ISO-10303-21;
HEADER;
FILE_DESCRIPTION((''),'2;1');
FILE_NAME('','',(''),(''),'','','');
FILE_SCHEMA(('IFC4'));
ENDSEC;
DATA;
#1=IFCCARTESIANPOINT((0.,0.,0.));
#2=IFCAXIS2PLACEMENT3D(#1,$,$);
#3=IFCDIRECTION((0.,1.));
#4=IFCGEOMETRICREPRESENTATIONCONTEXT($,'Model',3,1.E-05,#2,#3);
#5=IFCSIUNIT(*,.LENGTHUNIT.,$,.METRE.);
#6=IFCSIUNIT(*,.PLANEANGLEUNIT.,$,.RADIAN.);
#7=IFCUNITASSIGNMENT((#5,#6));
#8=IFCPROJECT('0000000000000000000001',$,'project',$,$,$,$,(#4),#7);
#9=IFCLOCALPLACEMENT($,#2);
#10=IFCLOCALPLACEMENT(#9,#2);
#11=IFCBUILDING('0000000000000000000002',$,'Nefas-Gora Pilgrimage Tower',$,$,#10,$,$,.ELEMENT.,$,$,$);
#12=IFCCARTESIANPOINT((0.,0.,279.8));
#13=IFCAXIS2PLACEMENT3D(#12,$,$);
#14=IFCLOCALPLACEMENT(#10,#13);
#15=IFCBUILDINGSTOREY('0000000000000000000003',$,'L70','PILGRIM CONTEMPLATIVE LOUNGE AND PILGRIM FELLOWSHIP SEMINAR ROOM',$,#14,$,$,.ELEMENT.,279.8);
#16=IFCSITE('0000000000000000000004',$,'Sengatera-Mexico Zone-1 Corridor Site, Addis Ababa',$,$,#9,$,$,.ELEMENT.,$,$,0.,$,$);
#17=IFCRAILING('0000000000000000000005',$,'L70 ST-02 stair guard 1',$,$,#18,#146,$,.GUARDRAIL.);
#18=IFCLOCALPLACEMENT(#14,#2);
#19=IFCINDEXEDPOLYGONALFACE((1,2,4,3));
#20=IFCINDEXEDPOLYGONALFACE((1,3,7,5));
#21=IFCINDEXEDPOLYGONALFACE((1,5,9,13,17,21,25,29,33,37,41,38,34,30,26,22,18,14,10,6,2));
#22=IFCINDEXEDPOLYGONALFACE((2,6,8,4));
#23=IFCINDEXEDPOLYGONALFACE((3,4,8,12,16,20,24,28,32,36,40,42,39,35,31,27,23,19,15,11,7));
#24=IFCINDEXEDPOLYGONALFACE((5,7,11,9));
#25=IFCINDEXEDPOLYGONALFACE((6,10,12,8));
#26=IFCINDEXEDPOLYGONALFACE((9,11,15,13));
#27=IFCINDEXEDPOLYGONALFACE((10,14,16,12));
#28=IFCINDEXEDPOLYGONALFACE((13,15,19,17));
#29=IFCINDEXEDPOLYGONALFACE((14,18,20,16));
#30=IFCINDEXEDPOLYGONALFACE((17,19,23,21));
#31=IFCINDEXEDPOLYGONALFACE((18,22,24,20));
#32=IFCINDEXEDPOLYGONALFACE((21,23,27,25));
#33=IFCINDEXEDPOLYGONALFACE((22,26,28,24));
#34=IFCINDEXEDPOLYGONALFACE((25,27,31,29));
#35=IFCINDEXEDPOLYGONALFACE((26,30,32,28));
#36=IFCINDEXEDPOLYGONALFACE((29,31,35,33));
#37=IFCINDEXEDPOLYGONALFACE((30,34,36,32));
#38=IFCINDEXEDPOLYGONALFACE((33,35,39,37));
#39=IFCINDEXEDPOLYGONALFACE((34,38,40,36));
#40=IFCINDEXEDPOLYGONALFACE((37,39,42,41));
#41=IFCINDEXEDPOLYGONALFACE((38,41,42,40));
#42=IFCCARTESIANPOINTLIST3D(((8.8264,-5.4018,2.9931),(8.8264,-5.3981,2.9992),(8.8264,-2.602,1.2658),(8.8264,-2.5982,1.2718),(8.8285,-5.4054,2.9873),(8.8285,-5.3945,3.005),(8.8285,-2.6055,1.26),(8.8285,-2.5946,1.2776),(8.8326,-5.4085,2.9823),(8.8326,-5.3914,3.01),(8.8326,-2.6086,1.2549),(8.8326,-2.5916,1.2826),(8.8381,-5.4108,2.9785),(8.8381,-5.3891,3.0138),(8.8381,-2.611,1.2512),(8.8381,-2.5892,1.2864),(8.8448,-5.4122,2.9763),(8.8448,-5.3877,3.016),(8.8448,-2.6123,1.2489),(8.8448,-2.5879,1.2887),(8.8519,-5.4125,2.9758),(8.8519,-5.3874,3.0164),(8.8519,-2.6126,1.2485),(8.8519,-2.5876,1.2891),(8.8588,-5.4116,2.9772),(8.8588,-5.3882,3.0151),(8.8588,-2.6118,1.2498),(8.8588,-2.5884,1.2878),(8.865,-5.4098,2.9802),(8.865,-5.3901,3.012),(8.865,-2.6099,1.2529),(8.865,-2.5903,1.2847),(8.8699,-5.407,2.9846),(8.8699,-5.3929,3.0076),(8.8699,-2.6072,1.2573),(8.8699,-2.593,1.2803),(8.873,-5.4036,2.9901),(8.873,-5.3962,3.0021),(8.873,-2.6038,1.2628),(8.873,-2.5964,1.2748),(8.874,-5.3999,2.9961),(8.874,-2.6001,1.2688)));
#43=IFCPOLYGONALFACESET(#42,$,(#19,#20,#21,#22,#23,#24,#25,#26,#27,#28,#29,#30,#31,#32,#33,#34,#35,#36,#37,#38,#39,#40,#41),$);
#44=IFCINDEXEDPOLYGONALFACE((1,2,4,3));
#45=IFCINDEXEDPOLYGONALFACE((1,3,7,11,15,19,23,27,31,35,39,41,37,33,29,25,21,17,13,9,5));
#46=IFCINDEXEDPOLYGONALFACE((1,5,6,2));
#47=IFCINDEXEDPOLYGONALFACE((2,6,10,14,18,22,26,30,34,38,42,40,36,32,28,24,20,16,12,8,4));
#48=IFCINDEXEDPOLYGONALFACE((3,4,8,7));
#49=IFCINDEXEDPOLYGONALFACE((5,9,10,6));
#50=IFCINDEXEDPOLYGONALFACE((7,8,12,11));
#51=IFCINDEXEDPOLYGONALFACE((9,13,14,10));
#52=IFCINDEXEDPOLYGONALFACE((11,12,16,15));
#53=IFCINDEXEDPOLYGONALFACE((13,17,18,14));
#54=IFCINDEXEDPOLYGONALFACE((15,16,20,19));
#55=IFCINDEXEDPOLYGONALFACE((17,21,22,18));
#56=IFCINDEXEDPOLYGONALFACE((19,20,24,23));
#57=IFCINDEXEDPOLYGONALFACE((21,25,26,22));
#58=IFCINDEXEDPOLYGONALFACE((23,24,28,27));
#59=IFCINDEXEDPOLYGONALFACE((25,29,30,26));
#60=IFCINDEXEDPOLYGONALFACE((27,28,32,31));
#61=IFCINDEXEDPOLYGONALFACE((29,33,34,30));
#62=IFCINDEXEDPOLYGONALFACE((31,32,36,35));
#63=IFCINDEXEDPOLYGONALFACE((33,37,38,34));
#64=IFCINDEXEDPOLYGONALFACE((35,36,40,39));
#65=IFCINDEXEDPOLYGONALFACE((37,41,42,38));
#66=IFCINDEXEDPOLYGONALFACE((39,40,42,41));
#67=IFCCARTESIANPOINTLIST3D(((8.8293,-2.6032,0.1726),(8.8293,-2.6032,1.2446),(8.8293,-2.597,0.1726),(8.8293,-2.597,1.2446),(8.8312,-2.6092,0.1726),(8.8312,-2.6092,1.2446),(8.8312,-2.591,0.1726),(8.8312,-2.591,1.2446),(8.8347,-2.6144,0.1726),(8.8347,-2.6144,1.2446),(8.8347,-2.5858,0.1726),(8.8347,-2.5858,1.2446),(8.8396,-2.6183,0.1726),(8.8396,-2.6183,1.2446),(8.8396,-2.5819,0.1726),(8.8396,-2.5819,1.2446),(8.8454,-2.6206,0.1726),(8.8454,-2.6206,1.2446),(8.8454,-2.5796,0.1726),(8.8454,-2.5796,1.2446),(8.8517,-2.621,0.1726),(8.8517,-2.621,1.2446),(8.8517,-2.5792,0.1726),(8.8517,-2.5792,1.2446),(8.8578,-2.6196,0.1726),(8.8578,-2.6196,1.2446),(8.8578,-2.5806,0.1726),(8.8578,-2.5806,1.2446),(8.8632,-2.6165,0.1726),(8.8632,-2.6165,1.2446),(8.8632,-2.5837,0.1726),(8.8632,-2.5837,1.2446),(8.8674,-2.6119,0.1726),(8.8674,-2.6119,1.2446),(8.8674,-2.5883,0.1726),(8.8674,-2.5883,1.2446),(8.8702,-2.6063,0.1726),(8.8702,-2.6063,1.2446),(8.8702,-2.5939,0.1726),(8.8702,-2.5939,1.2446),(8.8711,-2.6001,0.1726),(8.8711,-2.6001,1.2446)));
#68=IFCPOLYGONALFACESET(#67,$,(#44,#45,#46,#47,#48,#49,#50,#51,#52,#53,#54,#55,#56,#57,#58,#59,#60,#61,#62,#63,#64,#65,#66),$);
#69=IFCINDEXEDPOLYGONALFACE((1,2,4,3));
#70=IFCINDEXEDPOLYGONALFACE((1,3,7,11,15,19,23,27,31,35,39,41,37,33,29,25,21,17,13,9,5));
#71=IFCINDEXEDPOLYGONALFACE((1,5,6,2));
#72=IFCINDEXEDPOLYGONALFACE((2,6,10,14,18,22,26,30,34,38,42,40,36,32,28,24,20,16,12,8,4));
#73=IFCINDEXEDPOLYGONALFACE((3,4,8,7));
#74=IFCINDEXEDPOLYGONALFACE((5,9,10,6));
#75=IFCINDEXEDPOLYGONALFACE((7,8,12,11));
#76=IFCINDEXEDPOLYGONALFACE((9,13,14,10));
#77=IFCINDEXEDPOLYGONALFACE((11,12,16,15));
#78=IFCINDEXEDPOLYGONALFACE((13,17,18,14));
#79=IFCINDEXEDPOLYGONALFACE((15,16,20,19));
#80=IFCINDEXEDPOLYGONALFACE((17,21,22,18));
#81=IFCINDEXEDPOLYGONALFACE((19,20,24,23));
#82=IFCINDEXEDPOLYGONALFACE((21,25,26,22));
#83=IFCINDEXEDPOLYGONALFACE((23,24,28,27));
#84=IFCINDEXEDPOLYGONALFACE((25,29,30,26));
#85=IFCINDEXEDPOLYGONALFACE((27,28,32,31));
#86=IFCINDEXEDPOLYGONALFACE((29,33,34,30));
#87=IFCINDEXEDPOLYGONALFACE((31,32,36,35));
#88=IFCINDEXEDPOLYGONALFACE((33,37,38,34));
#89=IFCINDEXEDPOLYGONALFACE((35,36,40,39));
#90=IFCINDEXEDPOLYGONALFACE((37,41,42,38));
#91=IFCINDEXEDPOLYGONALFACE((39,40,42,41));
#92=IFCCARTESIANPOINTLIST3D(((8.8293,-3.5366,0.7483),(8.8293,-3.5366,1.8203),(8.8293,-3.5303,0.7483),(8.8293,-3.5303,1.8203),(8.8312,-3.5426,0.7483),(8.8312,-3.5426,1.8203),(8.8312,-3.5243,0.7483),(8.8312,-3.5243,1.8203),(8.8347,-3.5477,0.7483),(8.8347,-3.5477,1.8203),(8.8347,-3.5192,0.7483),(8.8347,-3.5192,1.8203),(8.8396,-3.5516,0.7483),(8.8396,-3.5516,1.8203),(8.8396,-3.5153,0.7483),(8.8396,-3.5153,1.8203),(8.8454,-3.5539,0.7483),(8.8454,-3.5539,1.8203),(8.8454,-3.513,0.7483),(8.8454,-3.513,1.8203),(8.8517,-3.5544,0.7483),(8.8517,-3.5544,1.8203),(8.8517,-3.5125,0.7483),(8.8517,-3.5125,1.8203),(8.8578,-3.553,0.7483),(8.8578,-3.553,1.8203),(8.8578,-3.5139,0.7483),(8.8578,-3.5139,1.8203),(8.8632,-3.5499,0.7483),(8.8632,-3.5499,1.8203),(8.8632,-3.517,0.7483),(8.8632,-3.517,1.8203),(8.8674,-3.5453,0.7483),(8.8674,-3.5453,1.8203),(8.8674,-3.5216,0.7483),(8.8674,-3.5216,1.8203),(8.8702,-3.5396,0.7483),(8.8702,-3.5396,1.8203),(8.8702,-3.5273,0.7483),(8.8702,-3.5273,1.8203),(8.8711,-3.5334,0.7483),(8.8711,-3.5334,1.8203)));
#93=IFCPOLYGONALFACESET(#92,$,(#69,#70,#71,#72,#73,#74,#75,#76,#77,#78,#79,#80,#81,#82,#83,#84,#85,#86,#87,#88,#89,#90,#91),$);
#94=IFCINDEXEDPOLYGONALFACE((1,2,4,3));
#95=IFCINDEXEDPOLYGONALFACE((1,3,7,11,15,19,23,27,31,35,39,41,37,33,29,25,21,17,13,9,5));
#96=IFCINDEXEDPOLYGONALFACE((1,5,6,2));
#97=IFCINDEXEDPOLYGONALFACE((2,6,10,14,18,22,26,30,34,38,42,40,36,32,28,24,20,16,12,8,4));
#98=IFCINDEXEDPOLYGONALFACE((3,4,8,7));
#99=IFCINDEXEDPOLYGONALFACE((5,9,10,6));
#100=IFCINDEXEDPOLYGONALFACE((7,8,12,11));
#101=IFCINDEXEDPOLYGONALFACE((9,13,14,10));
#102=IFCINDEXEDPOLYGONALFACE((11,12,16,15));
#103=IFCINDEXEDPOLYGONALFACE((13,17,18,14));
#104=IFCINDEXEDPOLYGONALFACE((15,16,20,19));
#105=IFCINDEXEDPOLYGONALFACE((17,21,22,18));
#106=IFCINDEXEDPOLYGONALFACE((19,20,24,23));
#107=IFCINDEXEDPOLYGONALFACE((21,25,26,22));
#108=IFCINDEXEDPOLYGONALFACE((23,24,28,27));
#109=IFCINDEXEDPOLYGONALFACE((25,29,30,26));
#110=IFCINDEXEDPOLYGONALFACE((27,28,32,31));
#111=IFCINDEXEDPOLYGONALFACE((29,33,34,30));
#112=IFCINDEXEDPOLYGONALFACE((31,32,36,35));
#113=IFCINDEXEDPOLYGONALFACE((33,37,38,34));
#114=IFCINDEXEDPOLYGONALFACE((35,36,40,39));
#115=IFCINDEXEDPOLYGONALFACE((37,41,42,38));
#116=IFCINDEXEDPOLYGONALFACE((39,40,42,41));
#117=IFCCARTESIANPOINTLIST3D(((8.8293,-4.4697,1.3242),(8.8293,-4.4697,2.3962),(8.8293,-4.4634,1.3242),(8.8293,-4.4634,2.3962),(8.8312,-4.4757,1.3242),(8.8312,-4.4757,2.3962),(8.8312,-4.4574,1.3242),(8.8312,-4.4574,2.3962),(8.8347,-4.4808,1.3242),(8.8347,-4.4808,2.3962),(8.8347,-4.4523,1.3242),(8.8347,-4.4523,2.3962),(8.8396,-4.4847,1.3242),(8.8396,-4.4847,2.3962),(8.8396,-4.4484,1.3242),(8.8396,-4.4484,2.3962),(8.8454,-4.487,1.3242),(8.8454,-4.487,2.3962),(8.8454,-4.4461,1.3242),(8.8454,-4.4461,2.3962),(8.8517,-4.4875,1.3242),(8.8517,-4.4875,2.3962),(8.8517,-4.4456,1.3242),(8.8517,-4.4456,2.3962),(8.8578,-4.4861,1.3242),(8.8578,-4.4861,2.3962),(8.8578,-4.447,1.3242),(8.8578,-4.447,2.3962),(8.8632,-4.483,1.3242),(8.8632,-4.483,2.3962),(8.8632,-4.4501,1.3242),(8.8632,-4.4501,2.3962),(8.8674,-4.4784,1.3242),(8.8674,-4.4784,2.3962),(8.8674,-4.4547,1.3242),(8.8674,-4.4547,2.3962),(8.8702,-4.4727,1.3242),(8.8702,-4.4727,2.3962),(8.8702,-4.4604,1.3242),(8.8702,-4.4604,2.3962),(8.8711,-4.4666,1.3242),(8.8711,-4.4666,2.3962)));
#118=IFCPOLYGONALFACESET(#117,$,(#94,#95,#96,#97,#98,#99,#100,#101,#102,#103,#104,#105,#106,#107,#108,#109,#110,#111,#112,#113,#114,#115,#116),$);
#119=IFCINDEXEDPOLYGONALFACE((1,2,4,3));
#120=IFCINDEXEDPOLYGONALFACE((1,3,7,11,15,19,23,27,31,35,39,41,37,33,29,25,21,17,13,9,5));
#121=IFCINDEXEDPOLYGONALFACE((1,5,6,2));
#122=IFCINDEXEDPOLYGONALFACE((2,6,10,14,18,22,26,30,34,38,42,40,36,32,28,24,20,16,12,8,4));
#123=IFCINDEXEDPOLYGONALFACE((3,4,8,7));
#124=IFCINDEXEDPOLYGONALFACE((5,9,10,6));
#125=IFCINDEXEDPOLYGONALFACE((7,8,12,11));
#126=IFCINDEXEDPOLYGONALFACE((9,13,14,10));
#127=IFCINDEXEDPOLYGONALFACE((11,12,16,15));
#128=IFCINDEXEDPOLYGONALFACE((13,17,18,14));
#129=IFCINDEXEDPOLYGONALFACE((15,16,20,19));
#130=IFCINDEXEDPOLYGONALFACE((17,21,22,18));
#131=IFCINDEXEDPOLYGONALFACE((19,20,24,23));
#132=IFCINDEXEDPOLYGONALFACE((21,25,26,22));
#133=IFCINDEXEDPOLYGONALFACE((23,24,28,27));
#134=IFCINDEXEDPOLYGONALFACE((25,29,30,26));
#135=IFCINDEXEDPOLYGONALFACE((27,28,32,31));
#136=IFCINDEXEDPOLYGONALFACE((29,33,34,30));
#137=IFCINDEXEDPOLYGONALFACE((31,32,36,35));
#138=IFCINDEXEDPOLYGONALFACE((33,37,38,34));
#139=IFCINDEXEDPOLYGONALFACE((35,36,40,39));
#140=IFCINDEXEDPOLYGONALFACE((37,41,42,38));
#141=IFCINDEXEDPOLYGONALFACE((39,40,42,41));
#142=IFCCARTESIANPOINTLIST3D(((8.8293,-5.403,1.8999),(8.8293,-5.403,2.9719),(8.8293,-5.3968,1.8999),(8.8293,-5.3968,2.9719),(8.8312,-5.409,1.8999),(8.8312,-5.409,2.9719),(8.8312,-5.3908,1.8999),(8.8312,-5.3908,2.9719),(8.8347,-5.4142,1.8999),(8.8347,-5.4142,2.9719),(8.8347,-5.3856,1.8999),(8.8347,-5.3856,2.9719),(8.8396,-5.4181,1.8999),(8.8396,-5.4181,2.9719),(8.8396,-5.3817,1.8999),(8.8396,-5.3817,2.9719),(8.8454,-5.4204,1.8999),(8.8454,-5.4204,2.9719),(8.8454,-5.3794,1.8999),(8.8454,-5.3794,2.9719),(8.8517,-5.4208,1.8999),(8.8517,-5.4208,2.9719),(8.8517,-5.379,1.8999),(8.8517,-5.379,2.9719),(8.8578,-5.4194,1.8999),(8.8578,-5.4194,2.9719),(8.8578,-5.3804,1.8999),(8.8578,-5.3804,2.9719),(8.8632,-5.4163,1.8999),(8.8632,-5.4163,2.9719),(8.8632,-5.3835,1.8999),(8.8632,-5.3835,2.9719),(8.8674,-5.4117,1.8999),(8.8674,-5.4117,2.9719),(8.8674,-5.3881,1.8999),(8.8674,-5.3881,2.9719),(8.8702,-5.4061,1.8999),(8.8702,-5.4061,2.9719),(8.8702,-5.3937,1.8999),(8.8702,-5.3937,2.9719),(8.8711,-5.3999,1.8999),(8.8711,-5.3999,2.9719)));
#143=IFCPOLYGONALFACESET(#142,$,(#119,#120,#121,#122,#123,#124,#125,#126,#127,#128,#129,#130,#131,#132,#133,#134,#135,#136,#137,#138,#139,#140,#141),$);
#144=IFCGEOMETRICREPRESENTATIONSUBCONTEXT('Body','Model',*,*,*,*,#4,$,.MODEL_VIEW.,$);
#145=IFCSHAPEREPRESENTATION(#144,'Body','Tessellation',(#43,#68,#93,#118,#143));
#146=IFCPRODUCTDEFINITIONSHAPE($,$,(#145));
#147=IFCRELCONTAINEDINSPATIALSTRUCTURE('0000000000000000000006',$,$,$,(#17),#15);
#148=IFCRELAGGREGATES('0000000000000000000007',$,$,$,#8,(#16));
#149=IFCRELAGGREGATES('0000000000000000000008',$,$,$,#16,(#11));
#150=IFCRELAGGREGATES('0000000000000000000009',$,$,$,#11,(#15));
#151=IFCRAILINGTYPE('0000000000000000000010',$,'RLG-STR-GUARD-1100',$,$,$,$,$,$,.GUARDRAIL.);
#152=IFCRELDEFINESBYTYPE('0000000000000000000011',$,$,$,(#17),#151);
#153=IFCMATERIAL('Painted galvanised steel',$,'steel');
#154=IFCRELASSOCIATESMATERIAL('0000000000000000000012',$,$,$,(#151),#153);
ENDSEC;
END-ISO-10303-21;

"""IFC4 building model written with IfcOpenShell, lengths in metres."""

from ifc_helpers import new_model, si_unit, direction, frame, origin, origin_2d, place, context, subcontext, project, spatial, circle, extrude, material, type_object, element, save


model = new_model("IFC4")

# Units and contexts
model_context = context("Model", 3, precision=1e-05, world=origin(), true_north=direction((0.0, 1.0)))
body_context = subcontext(model_context, "Body", "Model", "MODEL_VIEW")
ifc_project = project(units=[si_unit("LENGTHUNIT", "METRE"), si_unit("PLANEANGLEUNIT", "RADIAN")], contexts=[model_context])

# Site, building, storey
site_placement = place(None, origin())
site = spatial("IfcSite", under=ifc_project, at=site_placement, Name="Sengatera-Mexico Zone-1 Corridor Site, Addis Ababa", CompositionType="ELEMENT", RefElevation=0.0)
building_placement = place(site_placement, origin())
building = spatial("IfcBuilding", under=site, at=building_placement, Name="Nefas-Gora Pilgrimage Tower", CompositionType="ELEMENT")
storey_placement = place(building_placement, frame((0.0, 0.0, 279.8)))
storey = spatial("IfcBuildingStorey", under=building, at=storey_placement, Name="L70", Description="PILGRIM CONTEMPLATIVE LOUNGE AND PILGRIM FELLOWSHIP SEMINAR ROOM", CompositionType="ELEMENT", Elevation=279.8)

# Railing
ifc_material_1 = material(Name="Painted galvanised steel", Category="steel")
railing_type_1 = type_object("IfcRailingType", Name="RLG-STR-GUARD-1100", PredefinedType="GUARDRAIL", material=ifc_material_1)
railing_1_placement = place(storey_placement, frame((8.8501, -2.6001, 0.1726)))
element("IfcRailing", 1, at=railing_1_placement, inside=storey, type_object=railing_type_1, Name="L70 ST-02 stair guard 1", PredefinedType="GUARDRAIL", context=body_context, shape_type="SweptSolid", body=[
    extrude(circle(Radius=0.0239, at=origin_2d()), frame((0.0, 0.0, 1.0962), z_axis=(0.0, -0.851069, 0.525054), x_axis=(1.0, 0.0, 0.0)), (0.0, 0.0, 1.0), 3.2898),
    extrude(circle(Radius=0.021, at=origin_2d()), origin(), (0.0, 0.0, 1.0), 1.072),
    extrude(circle(Radius=0.021, at=origin_2d()), frame((0.0, -0.9333, 0.5757)), (0.0, 0.0, 1.0), 1.072),
    extrude(circle(Radius=0.021, at=origin_2d()), frame((0.0, -1.8665, 1.1516)), (0.0, 0.0, 1.0), 1.072),
    extrude(circle(Radius=0.021, at=origin_2d()), frame((0.0, -2.7998, 1.7273)), (0.0, 0.0, 1.0), 1.072),
])

save(model, "model.ifc")
